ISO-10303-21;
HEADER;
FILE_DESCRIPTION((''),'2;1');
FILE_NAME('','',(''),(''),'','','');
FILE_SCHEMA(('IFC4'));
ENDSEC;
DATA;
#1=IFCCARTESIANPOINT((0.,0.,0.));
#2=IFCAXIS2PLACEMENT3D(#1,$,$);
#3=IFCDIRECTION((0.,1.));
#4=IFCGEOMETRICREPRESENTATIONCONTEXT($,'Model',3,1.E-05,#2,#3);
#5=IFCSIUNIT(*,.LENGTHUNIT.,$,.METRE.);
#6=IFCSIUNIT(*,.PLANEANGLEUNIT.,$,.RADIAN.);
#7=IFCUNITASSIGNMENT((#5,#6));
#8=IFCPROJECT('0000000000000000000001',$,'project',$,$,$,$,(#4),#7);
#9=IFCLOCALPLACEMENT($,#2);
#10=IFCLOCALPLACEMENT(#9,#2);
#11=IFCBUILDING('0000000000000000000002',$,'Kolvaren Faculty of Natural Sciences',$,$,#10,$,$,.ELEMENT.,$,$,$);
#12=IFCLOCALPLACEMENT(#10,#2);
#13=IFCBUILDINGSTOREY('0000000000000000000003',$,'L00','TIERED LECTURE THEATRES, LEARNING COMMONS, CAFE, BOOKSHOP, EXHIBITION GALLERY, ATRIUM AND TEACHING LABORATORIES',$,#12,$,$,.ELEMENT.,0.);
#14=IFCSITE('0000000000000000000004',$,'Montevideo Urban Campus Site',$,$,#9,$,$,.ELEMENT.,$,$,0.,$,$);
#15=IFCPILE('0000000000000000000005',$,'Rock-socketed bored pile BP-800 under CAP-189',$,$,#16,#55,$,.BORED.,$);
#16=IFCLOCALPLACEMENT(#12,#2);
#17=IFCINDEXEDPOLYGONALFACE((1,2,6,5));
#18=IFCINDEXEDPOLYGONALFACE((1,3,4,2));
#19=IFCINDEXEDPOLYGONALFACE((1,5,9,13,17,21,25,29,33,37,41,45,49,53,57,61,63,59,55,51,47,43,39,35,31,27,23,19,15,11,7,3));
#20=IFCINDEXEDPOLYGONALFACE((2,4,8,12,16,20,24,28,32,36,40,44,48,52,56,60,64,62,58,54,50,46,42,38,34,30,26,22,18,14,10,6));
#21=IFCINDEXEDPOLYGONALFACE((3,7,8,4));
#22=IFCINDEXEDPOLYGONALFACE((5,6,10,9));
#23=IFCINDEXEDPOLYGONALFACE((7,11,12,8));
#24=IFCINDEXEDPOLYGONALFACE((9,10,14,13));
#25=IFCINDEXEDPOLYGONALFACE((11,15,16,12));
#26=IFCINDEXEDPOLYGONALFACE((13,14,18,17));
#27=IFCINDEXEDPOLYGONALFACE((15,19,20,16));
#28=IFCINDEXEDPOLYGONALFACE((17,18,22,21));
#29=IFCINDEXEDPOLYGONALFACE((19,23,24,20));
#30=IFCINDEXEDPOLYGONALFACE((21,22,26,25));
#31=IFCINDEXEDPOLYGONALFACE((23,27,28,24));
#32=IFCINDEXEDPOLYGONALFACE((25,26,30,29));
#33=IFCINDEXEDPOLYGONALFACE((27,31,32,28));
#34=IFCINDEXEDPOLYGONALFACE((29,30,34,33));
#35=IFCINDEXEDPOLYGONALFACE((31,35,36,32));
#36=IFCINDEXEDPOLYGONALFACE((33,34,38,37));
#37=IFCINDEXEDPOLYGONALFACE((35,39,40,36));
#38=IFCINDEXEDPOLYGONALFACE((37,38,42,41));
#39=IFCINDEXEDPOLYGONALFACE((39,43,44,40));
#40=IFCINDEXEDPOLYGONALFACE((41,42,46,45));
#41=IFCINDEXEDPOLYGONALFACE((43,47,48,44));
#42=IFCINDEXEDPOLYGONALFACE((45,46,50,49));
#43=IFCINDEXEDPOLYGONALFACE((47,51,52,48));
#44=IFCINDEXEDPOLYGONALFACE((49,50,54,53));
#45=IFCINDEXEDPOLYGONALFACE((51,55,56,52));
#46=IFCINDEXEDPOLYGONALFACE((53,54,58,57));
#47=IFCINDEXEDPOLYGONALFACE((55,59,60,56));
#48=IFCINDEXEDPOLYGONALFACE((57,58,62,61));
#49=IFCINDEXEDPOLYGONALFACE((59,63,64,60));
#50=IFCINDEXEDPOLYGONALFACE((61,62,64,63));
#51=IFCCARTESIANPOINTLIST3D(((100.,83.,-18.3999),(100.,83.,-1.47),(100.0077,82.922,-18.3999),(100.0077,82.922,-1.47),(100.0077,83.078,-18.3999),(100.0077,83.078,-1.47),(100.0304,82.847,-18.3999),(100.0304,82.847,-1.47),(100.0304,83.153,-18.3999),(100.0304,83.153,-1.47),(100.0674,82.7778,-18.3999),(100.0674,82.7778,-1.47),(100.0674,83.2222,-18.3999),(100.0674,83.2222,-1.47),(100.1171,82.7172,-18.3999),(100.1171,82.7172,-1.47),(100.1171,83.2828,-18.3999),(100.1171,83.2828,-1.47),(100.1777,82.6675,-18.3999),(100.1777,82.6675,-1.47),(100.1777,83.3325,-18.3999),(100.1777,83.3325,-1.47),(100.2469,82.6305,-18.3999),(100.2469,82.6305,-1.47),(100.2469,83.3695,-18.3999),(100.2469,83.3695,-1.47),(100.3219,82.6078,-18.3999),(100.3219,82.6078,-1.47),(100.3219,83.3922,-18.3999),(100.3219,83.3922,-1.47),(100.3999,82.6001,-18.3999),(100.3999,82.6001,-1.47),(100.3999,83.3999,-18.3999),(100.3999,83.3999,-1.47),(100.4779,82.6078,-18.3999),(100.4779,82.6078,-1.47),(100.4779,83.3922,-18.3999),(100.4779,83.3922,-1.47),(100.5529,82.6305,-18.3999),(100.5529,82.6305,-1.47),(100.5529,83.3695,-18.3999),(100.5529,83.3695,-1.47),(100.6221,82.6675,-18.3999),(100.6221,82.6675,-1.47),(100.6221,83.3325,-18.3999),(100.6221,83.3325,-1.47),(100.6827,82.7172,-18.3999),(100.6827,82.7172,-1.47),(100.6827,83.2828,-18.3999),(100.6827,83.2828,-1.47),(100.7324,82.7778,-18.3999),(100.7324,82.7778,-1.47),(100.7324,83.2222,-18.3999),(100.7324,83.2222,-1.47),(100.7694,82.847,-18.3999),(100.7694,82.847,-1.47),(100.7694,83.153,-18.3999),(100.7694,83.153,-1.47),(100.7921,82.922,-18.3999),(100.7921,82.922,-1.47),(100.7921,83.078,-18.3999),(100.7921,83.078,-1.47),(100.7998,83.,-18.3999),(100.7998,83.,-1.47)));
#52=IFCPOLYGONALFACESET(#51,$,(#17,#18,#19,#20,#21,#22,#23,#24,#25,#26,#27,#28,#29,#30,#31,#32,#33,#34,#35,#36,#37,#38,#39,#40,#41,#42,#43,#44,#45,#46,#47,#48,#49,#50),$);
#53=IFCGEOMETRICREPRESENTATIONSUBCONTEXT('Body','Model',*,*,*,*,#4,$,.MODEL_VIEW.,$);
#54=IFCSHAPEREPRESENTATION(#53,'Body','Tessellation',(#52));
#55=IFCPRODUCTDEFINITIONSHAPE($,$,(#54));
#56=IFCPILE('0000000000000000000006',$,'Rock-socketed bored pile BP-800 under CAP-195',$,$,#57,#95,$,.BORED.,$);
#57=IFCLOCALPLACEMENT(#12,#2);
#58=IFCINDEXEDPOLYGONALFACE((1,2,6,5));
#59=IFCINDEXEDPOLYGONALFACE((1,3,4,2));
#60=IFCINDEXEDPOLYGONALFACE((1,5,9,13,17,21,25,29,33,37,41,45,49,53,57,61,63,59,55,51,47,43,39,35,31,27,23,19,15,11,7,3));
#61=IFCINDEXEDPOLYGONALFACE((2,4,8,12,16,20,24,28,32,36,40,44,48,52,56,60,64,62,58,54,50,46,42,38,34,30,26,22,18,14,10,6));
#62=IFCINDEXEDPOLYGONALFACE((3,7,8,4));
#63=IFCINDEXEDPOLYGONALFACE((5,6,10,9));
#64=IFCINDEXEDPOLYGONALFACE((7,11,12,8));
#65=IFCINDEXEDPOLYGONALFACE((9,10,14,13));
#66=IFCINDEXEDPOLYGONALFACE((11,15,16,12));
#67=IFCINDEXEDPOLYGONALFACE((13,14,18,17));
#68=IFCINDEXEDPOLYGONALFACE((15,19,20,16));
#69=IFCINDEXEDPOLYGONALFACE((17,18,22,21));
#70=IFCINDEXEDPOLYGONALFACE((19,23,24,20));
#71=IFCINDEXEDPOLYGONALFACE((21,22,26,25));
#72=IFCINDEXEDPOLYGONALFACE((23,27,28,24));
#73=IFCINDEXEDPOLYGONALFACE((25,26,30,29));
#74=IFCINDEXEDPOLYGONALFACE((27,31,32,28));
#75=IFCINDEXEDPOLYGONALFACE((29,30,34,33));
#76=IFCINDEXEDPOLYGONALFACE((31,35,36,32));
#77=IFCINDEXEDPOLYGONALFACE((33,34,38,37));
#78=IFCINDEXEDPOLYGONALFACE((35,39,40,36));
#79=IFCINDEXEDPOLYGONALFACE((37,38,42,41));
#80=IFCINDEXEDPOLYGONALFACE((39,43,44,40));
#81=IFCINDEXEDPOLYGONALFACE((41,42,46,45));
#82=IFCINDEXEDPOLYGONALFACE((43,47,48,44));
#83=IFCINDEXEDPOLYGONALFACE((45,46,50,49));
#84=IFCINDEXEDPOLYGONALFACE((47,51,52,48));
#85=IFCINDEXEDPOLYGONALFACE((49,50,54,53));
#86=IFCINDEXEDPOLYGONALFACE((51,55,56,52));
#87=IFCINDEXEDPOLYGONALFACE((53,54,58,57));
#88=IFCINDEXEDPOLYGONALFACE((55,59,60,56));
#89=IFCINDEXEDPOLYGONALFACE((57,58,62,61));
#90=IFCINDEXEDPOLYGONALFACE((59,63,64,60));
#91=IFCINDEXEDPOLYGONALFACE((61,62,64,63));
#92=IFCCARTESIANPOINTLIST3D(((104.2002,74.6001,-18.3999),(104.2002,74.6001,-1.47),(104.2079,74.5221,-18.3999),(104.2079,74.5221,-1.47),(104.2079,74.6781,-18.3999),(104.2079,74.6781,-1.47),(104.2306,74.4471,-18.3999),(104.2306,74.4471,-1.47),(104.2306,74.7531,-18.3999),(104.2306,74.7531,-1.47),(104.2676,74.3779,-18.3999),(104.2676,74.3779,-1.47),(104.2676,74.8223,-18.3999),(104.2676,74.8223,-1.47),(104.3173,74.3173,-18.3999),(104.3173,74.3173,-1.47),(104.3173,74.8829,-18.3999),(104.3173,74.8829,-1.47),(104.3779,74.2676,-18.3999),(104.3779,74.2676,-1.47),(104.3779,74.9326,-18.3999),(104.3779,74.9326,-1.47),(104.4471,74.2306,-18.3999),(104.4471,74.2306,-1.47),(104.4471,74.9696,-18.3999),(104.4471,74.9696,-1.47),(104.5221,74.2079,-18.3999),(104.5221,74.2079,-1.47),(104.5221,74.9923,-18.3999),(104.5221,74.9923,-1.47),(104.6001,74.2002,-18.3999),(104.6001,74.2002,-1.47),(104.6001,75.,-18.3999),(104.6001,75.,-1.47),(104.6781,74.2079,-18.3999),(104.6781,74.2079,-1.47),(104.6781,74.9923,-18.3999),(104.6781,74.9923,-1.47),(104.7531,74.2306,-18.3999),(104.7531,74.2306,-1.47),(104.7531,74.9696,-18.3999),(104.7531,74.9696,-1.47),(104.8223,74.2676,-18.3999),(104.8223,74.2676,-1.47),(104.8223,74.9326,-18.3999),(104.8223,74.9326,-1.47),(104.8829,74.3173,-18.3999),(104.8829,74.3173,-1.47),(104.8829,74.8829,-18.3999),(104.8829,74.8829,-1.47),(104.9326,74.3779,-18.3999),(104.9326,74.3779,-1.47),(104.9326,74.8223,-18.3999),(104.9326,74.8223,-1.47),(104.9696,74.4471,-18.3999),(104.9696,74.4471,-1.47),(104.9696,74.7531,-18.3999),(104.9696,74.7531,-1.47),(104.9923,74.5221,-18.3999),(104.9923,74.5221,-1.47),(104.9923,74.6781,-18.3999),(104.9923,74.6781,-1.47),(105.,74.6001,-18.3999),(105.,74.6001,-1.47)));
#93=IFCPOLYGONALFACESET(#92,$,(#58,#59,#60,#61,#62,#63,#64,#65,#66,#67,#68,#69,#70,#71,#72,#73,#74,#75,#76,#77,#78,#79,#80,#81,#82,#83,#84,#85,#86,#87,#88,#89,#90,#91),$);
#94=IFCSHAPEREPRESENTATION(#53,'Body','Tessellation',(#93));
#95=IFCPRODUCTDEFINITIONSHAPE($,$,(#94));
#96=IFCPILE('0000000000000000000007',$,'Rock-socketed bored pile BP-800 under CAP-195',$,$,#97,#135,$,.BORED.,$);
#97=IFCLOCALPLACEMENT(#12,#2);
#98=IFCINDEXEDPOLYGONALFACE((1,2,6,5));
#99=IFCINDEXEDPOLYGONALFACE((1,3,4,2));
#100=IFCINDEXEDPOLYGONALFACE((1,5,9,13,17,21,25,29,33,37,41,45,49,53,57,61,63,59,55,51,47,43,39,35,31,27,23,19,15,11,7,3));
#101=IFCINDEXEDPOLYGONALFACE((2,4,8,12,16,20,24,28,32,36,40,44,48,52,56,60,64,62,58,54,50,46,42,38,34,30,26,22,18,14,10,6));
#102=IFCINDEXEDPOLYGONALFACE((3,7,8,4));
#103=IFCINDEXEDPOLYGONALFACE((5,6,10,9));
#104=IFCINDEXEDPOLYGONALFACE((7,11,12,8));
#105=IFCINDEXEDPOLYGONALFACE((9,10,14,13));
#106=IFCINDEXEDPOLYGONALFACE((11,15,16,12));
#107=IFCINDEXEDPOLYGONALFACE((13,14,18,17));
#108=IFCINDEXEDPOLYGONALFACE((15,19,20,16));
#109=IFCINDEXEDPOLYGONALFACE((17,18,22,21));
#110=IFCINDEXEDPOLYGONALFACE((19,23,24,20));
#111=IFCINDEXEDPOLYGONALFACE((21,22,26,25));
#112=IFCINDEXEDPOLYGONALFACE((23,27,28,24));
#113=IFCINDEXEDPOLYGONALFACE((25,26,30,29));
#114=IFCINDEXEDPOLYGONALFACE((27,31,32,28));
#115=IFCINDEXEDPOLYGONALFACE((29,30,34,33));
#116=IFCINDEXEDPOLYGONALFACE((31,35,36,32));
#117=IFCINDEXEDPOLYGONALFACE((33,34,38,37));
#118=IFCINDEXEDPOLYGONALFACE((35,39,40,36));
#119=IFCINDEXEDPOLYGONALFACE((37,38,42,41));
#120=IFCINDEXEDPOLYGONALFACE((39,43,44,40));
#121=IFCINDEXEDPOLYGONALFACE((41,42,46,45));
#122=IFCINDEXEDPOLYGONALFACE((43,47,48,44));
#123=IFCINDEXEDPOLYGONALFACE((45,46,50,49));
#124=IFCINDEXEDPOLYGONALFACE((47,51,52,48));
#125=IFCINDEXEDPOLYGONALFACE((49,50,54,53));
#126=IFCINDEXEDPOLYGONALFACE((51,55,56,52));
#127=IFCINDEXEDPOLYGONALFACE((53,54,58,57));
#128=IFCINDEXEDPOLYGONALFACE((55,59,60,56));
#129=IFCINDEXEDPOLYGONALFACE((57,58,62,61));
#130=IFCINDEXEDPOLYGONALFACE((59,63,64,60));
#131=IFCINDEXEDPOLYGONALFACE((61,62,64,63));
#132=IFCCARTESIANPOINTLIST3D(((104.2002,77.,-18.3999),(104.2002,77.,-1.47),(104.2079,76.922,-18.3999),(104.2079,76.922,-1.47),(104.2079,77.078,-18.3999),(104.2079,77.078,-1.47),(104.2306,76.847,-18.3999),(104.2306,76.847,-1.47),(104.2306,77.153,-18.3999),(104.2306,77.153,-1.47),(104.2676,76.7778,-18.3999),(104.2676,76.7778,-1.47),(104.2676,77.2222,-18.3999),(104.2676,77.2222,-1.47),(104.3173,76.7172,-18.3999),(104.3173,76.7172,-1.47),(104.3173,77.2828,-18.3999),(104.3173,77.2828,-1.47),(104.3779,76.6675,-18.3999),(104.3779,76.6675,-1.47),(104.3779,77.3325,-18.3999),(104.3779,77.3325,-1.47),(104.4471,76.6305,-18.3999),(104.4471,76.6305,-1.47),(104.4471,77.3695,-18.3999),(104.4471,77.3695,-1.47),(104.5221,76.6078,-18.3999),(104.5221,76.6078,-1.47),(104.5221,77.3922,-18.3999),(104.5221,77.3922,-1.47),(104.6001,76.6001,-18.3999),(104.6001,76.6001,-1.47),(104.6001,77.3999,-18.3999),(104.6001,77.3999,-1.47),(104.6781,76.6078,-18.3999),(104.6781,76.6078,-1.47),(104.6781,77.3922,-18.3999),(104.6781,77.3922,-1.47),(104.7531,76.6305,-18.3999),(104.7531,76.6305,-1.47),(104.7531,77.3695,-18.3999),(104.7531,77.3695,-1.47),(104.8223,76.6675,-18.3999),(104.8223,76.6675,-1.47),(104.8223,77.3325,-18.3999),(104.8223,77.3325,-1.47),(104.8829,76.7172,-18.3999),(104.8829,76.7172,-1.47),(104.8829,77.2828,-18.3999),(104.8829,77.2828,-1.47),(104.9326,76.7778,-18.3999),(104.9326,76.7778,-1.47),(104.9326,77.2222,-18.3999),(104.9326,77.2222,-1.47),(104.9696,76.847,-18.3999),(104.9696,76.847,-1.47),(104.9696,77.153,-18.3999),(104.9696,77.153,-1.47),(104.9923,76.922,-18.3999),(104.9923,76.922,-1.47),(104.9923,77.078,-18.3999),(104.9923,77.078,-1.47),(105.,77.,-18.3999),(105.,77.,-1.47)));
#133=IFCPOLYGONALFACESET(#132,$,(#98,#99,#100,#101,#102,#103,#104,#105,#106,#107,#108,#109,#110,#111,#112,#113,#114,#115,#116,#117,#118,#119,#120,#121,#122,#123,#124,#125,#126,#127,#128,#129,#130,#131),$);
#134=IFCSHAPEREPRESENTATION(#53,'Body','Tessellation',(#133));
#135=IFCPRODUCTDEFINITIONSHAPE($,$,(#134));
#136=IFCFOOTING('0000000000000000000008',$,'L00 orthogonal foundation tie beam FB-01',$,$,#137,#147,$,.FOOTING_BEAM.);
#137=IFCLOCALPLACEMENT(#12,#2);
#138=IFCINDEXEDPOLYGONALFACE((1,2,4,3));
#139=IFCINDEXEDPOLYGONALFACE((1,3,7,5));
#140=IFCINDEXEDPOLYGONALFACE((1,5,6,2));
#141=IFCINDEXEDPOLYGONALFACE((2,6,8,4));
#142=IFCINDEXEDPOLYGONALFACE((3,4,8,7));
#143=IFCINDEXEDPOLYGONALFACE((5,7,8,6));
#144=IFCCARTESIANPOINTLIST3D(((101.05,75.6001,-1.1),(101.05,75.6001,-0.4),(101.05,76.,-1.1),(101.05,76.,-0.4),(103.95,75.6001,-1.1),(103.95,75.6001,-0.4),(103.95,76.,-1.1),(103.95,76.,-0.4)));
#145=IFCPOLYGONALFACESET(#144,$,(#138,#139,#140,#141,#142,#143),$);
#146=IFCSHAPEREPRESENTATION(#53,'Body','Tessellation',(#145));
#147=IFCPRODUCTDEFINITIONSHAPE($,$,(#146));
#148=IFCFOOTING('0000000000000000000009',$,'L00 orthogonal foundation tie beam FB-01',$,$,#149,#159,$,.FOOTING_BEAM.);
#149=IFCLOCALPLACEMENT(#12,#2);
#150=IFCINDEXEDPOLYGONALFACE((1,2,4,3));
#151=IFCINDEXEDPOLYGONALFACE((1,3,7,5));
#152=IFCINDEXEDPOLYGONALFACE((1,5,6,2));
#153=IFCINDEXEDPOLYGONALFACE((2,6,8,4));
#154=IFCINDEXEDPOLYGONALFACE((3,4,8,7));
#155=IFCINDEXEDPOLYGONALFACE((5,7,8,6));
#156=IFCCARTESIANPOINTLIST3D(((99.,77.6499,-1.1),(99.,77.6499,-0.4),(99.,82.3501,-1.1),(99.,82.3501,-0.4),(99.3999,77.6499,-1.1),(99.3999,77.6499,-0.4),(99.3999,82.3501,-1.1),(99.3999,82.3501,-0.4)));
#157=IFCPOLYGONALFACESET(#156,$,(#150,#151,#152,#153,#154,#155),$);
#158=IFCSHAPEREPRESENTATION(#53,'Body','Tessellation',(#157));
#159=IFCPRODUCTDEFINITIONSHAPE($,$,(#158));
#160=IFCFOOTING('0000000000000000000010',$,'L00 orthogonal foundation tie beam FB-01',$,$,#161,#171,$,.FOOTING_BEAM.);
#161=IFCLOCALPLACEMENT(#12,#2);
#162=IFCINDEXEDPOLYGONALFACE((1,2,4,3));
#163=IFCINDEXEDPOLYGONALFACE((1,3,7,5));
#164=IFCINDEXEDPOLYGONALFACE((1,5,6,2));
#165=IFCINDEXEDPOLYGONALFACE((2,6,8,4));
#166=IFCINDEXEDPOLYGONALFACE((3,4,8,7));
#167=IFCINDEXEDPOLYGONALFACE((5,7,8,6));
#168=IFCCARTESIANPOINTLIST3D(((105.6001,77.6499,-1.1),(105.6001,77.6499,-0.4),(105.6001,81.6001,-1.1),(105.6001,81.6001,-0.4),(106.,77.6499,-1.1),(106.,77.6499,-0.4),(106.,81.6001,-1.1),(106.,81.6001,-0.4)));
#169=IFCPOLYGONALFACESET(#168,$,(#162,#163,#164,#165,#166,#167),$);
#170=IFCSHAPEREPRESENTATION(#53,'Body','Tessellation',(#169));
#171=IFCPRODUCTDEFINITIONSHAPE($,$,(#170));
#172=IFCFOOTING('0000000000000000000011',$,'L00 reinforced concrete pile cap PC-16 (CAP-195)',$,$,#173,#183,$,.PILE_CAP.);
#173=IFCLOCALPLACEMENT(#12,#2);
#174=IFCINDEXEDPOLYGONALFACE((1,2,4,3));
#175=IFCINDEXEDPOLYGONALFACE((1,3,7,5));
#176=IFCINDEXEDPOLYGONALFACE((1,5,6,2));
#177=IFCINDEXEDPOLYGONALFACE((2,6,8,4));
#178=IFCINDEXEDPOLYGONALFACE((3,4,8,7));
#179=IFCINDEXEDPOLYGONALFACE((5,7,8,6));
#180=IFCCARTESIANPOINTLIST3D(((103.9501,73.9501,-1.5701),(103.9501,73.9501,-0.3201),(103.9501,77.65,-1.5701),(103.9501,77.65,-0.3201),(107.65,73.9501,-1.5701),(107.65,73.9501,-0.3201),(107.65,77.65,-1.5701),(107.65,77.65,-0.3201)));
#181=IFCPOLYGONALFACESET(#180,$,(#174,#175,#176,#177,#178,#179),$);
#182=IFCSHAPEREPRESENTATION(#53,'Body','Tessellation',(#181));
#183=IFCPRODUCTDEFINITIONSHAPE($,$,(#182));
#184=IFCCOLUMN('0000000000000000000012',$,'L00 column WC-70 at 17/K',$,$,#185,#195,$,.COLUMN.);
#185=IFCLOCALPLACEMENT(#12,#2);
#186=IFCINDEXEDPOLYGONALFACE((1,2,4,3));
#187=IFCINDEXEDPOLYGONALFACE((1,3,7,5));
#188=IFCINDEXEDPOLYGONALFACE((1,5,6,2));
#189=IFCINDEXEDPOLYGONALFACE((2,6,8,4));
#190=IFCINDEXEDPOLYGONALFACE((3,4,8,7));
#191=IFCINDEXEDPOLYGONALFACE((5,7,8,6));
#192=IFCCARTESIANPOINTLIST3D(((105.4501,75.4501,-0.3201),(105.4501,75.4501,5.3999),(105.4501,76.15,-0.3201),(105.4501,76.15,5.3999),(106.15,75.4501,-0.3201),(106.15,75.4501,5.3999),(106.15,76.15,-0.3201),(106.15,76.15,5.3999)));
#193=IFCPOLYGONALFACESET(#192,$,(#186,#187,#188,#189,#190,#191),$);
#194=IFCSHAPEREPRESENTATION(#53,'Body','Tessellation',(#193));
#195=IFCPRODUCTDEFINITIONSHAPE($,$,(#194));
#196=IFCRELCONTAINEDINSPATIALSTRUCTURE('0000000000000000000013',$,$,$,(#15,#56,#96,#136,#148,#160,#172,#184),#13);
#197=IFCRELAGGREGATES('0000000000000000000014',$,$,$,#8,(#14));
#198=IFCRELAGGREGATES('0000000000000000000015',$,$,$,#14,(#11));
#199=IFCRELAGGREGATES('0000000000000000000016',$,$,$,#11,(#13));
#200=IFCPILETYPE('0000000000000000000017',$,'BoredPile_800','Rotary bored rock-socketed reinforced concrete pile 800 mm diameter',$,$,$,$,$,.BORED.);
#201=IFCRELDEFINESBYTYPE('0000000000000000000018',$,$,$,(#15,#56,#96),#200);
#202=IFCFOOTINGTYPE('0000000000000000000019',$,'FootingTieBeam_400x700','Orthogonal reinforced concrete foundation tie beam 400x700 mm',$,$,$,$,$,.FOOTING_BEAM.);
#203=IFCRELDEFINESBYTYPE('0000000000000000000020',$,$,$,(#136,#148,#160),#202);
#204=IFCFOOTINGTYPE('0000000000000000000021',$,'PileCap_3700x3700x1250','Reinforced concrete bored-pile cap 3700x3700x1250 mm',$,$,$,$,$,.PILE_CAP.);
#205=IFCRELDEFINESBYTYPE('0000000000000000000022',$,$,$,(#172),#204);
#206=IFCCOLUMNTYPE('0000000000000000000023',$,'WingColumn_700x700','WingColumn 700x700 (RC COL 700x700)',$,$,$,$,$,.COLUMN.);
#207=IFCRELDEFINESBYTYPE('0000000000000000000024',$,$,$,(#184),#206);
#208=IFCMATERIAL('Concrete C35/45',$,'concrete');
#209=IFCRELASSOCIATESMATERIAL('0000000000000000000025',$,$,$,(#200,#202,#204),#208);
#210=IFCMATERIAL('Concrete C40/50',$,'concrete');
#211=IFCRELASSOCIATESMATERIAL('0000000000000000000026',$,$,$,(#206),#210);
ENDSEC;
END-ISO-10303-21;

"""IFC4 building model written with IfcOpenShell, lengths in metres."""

from ifc_helpers import new_model, si_unit, direction, frame, origin, origin_2d, place, context, subcontext, project, spatial, rectangle, circle, extrude, material, material_profile, profile_set, type_object, element, save


model = new_model("IFC4")

# Units and contexts
model_context = context("Model", 3, precision=1e-05, world=origin(), true_north=direction((0.0, 1.0)))
body_context = subcontext(model_context, "Body", "Model", "MODEL_VIEW")
ifc_project = project(units=[si_unit("LENGTHUNIT", "METRE"), si_unit("PLANEANGLEUNIT", "RADIAN")], contexts=[model_context])

# Site, building, storey
site_placement = place(None, origin())
site = spatial("IfcSite", under=ifc_project, at=site_placement, Name="Montevideo Urban Campus Site", CompositionType="ELEMENT", RefElevation=0.0)
building_placement = place(site_placement, origin())
building = spatial("IfcBuilding", under=site, at=building_placement, Name="Kolvaren Faculty of Natural Sciences", CompositionType="ELEMENT")
storey_placement = place(building_placement, origin())
storey = spatial("IfcBuildingStorey", under=building, at=storey_placement, Name="L00", Description="TIERED LECTURE THEATRES, LEARNING COMMONS, CAFE, BOOKSHOP, EXHIBITION GALLERY, ATRIUM AND TEACHING LABORATORIES", CompositionType="ELEMENT", Elevation=0.0)

# Piles
ifc_material_1 = material(Name="Concrete C35/45", Category="concrete")
ifc_material_profile_1 = material_profile(ifc_material_1, circle(Radius=0.3999, at=origin_2d()), Name="PILE D800")
ifc_profile_set_1 = profile_set([ifc_material_profile_1], Name="Concrete C35/45")
pile_type_1 = type_object("IfcPileType", Name="BoredPile_800", Description="Rotary bored rock-socketed reinforced concrete pile 800 mm diameter", PredefinedType="BORED", material=ifc_profile_set_1)
for number, where, z_axis, x_axis, name in (
    (1, (100.3999, 83.0, -1.47), (0.0, 0.0, -1.0), (1.0, 0.0, 0.0), "Rock-socketed bored pile BP-800 under CAP-189"),
    (2, (104.6001, 74.6001, -1.47), (0.0, 0.0, -1.0), (1.0, 0.0, 0.0), "Rock-socketed bored pile BP-800 under CAP-195"),
    (3, (104.6001, 77.0, -1.47), (0.0, 0.0, -1.0), (1.0, 0.0, 0.0), "Rock-socketed bored pile BP-800 under CAP-195"),
):
    element("IfcPile", number, at=place(storey_placement, frame(where, z_axis=z_axis, x_axis=x_axis)), inside=storey, type_object=pile_type_1, Name=name, PredefinedType="BORED", context=body_context, shape_type="SweptSolid", body=[
        extrude(circle(Radius=0.3999, at=origin_2d()), origin(), (0.0, 0.0, 1.0), 16.9299),
    ])

# Footings
ifc_material_profile_2 = material_profile(ifc_material_1, rectangle(XDim=0.3999, YDim=0.7, at=origin_2d()), Name="RC FB 400x700")
ifc_profile_set_2 = profile_set([ifc_material_profile_2], Name="Concrete C35/45")
footing_type_1 = type_object("IfcFootingType", Name="FootingTieBeam_400x700", Description="Orthogonal reinforced concrete foundation tie beam 400x700 mm", PredefinedType="FOOTING_BEAM", material=ifc_profile_set_2)
footing_1_placement = place(storey_placement, frame((101.05, 75.8, -0.75), z_axis=(1.0, 0.0, 0.0), x_axis=(0.0, 1.0, 0.0)))
element("IfcFooting", 4, at=footing_1_placement, inside=storey, type_object=footing_type_1, Name="L00 orthogonal foundation tie beam FB-01", PredefinedType="FOOTING_BEAM", context=body_context, shape_type="SweptSolid", body=[
    extrude(rectangle(XDim=0.3999, YDim=0.7, at=origin_2d()), origin(), (0.0, 0.0, 1.0), 2.8999),
])
footing_2_placement = place(storey_placement, frame((99.2, 77.6499, -0.75), z_axis=(0.0, 1.0, 0.0), x_axis=(-1.0, 0.0, 0.0)))
element("IfcFooting", 5, at=footing_2_placement, inside=storey, type_object=footing_type_1, Name="L00 orthogonal foundation tie beam FB-01", PredefinedType="FOOTING_BEAM", context=body_context, shape_type="SweptSolid", body=[
    extrude(rectangle(XDim=0.3999, YDim=0.7, at=origin_2d()), origin(), (0.0, 0.0, 1.0), 4.7002),
])
footing_3_placement = place(storey_placement, frame((105.8, 77.6499, -0.75), z_axis=(0.0, 1.0, 0.0), x_axis=(-1.0, 0.0, 0.0)))
element("IfcFooting", 6, at=footing_3_placement, inside=storey, type_object=footing_type_1, Name="L00 orthogonal foundation tie beam FB-01", PredefinedType="FOOTING_BEAM", context=body_context, shape_type="SweptSolid", body=[
    extrude(rectangle(XDim=0.3999, YDim=0.7, at=origin_2d()), origin(), (0.0, 0.0, 1.0), 3.9502),
])
footing_type_2 = type_object("IfcFootingType", Name="PileCap_3700x3700x1250", Description="Reinforced concrete bored-pile cap 3700x3700x1250 mm", PredefinedType="PILE_CAP", material=ifc_material_1)
footing_4_placement = place(storey_placement, frame((105.8, 75.8, -1.5701), z_axis=(0.0, 0.0, 1.0), x_axis=(1.0, 0.0, 0.0)))
element("IfcFooting", 7, at=footing_4_placement, inside=storey, type_object=footing_type_2, Name="L00 reinforced concrete pile cap PC-16 (CAP-195)", PredefinedType="PILE_CAP", context=body_context, shape_type="SweptSolid", body=[
    extrude(rectangle(XDim=3.7, YDim=3.7, at=origin_2d()), origin(), (0.0, 0.0, 1.0), 1.25),
])

# Column
ifc_material_2 = material(Name="Concrete C40/50", Category="concrete")
ifc_material_profile_3 = material_profile(ifc_material_2, rectangle(XDim=0.7, YDim=0.7, at=origin_2d()), Name="RC COL 700x700")
ifc_profile_set_3 = profile_set([ifc_material_profile_3], Name="Concrete C40/50")
column_type = type_object("IfcColumnType", Name="WingColumn_700x700", Description="WingColumn 700x700 (RC COL 700x700)", PredefinedType="COLUMN", material=ifc_profile_set_3)
column_placement = place(storey_placement, frame((105.8, 75.8, -0.3201), z_axis=(0.0, 0.0, 1.0), x_axis=(1.0, 0.0, 0.0)))
element("IfcColumn", 8, at=column_placement, inside=storey, type_object=column_type, Name="L00 column WC-70 at 17/K", PredefinedType="COLUMN", context=body_context, shape_type="SweptSolid", body=[
    extrude(rectangle(XDim=0.7, YDim=0.7, at=origin_2d()), origin(), (0.0, 0.0, 1.0), 5.72),
])

save(model, "model.ifc")
